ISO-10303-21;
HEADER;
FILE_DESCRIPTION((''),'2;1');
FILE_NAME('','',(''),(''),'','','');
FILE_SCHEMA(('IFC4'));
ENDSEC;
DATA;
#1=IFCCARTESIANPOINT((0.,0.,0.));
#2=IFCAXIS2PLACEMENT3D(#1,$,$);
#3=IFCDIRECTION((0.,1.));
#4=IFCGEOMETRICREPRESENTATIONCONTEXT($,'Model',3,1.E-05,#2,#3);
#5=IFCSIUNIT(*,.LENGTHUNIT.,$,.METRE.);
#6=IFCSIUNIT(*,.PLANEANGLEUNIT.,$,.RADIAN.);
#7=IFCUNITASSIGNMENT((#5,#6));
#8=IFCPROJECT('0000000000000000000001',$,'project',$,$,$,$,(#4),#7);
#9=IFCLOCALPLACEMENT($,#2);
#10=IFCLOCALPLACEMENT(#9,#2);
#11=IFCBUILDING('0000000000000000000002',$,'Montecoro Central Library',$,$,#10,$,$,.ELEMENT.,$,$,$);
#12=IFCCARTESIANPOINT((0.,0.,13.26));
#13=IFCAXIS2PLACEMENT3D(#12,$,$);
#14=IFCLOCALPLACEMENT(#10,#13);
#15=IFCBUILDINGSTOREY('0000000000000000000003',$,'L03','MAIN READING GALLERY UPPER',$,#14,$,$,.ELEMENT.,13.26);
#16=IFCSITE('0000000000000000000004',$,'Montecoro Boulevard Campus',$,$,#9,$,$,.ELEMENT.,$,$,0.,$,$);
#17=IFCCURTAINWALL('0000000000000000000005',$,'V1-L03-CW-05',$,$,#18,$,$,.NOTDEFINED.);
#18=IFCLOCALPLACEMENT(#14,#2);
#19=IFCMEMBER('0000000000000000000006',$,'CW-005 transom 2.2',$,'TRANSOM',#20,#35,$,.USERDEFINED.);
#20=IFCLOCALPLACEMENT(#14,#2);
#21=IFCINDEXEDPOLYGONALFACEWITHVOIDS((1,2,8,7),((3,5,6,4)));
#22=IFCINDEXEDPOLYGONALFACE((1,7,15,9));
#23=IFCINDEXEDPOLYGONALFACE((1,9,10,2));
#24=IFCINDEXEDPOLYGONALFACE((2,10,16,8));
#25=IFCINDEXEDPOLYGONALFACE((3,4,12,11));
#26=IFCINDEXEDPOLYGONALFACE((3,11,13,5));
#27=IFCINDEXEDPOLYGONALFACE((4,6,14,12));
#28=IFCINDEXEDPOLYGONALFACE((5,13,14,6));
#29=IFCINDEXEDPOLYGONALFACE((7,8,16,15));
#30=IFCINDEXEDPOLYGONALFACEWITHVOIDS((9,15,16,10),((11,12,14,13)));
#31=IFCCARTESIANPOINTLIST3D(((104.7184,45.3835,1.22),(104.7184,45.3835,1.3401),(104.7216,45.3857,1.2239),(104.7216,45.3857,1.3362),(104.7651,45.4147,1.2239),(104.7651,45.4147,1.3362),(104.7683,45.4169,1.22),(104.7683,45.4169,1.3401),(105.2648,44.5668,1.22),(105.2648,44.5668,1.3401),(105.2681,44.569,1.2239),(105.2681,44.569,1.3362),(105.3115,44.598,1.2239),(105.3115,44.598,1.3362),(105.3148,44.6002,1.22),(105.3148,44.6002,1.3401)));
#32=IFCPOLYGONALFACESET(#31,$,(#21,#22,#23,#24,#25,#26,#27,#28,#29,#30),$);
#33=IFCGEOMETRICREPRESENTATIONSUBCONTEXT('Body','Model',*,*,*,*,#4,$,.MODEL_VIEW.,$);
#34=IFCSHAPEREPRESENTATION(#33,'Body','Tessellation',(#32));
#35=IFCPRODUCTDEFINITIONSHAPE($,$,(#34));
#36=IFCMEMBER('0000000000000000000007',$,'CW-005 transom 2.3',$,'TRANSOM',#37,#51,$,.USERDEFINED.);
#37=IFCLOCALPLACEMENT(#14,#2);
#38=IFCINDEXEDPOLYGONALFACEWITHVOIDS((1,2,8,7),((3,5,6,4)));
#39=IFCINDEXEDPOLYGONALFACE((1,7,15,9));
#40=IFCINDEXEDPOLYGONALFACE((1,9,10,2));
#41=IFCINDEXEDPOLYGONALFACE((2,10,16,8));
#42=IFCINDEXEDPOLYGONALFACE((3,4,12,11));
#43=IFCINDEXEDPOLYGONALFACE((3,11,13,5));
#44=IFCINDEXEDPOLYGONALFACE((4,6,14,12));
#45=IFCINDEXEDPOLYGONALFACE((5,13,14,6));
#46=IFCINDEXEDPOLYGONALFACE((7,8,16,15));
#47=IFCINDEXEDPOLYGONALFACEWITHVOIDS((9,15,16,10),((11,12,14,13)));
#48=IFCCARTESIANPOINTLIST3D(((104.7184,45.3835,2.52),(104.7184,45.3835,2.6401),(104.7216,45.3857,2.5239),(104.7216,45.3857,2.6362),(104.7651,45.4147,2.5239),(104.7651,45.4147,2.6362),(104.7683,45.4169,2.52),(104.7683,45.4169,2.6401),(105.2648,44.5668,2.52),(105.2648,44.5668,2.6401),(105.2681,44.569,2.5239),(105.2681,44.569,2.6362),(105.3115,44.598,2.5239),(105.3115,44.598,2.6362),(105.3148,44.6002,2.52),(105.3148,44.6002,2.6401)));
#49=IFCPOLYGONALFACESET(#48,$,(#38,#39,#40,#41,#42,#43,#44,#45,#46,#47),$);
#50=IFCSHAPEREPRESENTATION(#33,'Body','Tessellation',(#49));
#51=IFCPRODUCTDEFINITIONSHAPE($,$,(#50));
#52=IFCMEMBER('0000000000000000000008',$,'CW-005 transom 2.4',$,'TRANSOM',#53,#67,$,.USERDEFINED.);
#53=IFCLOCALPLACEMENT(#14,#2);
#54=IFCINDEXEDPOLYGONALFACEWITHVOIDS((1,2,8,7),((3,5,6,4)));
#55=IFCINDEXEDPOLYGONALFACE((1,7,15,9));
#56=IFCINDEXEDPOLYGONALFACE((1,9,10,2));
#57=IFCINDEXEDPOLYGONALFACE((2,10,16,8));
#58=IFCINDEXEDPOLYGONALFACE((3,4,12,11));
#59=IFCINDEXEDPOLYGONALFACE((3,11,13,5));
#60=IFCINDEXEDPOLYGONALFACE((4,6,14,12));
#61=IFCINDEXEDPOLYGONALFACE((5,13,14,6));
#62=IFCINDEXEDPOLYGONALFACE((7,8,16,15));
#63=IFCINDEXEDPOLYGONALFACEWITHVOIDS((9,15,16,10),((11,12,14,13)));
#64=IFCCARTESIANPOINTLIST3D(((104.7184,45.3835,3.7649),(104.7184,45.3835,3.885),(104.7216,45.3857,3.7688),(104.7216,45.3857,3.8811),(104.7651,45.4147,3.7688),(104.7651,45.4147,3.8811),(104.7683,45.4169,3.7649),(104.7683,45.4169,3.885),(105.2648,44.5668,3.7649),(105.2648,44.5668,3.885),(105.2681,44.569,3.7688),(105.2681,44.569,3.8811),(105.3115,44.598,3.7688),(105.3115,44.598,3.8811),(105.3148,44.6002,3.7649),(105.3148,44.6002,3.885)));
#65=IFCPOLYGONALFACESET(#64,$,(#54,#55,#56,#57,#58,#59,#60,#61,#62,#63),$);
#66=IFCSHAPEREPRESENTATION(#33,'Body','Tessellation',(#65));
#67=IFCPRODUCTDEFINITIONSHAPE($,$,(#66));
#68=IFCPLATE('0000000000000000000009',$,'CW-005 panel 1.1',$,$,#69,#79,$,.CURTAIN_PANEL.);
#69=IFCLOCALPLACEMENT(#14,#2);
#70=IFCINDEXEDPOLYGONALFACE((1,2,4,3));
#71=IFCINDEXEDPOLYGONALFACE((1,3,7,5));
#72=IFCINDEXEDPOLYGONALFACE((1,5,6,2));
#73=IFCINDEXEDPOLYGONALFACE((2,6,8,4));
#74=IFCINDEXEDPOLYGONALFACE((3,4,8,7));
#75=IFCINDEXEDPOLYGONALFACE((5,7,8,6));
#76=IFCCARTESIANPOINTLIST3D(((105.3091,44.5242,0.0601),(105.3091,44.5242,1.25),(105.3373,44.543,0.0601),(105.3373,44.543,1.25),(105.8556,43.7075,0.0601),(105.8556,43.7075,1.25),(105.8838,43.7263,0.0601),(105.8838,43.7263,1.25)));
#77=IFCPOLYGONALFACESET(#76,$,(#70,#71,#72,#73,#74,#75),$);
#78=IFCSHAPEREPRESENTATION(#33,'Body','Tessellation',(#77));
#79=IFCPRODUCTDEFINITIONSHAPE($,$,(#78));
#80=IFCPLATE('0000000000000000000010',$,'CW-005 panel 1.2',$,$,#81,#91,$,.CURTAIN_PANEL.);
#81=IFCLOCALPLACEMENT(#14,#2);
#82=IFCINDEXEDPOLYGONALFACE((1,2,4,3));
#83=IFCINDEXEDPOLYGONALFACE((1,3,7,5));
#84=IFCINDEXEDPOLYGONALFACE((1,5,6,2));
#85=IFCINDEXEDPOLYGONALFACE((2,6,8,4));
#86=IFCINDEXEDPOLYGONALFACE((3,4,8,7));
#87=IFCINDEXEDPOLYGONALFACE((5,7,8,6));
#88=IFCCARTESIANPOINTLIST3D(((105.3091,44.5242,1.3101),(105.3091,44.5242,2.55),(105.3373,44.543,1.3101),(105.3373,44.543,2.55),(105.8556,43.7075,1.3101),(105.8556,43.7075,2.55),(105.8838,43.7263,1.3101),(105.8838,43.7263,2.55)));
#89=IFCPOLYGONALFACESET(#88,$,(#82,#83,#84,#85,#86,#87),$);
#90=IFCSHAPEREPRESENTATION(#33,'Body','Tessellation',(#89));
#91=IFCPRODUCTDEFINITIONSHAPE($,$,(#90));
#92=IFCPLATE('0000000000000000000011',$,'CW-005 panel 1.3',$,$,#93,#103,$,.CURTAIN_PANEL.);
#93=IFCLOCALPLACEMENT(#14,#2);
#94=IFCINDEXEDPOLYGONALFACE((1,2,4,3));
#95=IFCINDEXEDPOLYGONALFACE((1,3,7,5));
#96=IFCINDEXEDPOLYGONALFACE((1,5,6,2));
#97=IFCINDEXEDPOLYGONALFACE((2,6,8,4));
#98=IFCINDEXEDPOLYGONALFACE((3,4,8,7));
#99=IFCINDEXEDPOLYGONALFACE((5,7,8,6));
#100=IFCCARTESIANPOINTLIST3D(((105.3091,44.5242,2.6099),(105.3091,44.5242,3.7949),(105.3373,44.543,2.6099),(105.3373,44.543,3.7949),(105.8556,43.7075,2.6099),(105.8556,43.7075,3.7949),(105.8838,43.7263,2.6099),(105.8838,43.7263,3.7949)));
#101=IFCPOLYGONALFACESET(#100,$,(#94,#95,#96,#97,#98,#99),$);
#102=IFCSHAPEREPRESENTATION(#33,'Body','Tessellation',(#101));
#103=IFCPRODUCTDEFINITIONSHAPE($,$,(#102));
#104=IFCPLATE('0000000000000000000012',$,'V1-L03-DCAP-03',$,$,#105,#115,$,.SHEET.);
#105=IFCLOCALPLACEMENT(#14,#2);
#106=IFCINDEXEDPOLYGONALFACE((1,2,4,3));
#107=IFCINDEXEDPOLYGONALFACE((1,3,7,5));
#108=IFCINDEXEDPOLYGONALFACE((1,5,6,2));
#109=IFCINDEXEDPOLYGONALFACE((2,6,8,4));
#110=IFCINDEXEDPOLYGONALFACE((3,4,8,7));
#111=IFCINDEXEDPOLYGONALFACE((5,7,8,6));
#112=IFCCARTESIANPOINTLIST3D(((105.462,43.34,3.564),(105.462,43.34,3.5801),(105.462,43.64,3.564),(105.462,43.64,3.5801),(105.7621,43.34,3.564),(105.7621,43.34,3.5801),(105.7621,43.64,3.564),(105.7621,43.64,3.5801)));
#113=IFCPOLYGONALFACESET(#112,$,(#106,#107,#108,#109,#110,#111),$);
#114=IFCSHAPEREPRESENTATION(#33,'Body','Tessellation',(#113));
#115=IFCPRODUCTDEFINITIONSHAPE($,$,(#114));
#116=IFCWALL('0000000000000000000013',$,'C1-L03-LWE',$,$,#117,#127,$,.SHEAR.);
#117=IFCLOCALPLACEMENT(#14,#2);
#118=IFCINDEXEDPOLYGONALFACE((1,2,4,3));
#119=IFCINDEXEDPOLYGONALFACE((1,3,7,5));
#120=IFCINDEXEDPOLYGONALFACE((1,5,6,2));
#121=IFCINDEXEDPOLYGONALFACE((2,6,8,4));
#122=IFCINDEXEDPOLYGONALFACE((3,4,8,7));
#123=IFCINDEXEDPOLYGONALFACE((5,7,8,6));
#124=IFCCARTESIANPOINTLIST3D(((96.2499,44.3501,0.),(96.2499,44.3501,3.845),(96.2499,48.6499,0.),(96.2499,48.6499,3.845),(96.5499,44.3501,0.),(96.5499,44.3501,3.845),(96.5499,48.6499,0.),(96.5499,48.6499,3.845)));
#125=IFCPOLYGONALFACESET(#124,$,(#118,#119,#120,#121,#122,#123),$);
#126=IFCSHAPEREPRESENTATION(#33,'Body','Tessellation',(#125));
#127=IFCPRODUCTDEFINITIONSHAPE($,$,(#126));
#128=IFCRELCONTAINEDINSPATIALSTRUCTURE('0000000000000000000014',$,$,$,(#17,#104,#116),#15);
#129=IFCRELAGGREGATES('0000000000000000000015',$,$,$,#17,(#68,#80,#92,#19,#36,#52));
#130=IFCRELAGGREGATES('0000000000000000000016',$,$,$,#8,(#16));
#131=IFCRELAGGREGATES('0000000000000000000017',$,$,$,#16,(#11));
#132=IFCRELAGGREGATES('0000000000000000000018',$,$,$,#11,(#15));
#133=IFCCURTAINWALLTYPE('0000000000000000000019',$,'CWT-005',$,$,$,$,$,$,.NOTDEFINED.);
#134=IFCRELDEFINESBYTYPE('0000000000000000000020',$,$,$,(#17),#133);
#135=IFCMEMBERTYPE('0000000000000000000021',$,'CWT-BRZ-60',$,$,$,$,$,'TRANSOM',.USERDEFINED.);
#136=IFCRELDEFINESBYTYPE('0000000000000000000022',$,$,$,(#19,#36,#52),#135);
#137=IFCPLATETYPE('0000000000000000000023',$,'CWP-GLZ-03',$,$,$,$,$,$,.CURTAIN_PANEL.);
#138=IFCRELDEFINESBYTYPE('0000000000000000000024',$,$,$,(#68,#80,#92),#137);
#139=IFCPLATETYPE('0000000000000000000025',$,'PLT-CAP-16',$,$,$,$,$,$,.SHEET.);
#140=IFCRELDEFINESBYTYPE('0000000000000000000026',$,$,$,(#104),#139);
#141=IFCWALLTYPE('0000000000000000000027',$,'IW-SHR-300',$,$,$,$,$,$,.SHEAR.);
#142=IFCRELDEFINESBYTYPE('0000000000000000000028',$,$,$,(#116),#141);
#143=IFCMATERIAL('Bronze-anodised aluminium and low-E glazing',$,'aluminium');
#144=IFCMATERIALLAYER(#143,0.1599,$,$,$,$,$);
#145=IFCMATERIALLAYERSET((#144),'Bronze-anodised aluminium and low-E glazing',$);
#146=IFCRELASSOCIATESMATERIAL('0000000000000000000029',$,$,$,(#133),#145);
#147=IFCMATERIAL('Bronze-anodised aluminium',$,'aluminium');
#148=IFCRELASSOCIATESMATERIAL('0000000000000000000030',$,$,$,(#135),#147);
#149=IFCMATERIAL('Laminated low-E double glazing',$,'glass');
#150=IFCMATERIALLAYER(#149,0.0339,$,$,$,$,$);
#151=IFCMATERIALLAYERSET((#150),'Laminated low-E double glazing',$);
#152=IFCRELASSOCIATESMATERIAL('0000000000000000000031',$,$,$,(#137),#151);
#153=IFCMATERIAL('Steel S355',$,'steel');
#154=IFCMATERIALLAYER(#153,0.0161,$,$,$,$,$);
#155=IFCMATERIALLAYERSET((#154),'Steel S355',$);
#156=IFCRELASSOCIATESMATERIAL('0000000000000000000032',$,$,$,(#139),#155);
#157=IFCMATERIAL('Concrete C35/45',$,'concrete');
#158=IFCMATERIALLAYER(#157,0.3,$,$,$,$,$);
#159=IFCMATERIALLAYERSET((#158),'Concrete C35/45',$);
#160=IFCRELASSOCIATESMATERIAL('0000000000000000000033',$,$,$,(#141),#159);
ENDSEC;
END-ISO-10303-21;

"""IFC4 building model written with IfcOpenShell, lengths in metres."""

from ifc_helpers import new_model, si_unit, direction, frame, frame_2d, origin, origin_2d, place, context, subcontext, project, spatial, rectangle, hollow_rectangle, extrude, material, layer, layer_set, material_profile, profile_set, type_object, element, aggregate, save


model = new_model("IFC4")

# Units and contexts
model_context = context("Model", 3, precision=1e-05, world=origin(), true_north=direction((0.0, 1.0)))
body_context = subcontext(model_context, "Body", "Model", "MODEL_VIEW")
ifc_project = project(units=[si_unit("LENGTHUNIT", "METRE"), si_unit("PLANEANGLEUNIT", "RADIAN")], contexts=[model_context])

# Site, building, storey
site_placement = place(None, origin())
site = spatial("IfcSite", under=ifc_project, at=site_placement, Name="Montecoro Boulevard Campus", CompositionType="ELEMENT", RefElevation=0.0)
building_placement = place(site_placement, origin())
building = spatial("IfcBuilding", under=site, at=building_placement, Name="Montecoro Central Library", CompositionType="ELEMENT")
storey_placement = place(building_placement, frame((0.0, 0.0, 13.26)))
storey = spatial("IfcBuildingStorey", under=building, at=storey_placement, Name="L03", Description="MAIN READING GALLERY UPPER", CompositionType="ELEMENT", Elevation=13.26)

# Shared definitions
ifc_material_1 = material(Name="Steel S355", Category="steel")

# Curtain wall, members, plates
ifc_material_2 = material(Name="Bronze-anodised aluminium and low-E glazing", Category="aluminium")
ifc_layer_1 = layer(ifc_material_2, 0.1599)
ifc_layer_set_1 = layer_set([ifc_layer_1], Name="Bronze-anodised aluminium and low-E glazing")
curtain_wall_type = type_object("IfcCurtainWallType", Name="CWT-005", PredefinedType="NOTDEFINED", material=ifc_layer_set_1)
curtain_wall_placement = place(storey_placement, origin())
curtain_wall = element("IfcCurtainWall", 1, at=curtain_wall_placement, inside=storey, type_object=curtain_wall_type, Name="V1-L03-CW-05", PredefinedType="NOTDEFINED")
ifc_material_3 = material(Name="Bronze-anodised aluminium", Category="aluminium")
ifc_material_profile_1 = material_profile(ifc_material_3, hollow_rectangle(XDim=0.0601, YDim=0.1201, WallThickness=0.0039, at=origin_2d()), Name="CWT 120x60x4.0")
ifc_profile_set_1 = profile_set([ifc_material_profile_1], Name="Bronze-anodised aluminium")
member_type_1 = type_object("IfcMemberType", Name="CWT-BRZ-60", ElementType="TRANSOM", PredefinedType="USERDEFINED", material=ifc_profile_set_1)
member_1_placement = place(storey_placement, frame((105.2898, 44.5835, 1.28), z_axis=(-0.556076, 0.831132, 0.0), x_axis=(-0.831132, -0.556076, 0.0)))
member_1 = element("IfcMember", 2, at=member_1_placement, type_object=member_type_1, Name="CW-005 transom 2.2", ObjectType="TRANSOM", PredefinedType="USERDEFINED", context=body_context, shape_type="SweptSolid", body=[
    extrude(hollow_rectangle(XDim=0.0601, YDim=0.1201, WallThickness=0.0039, at=origin_2d()), origin(), (0.0, 0.0, 1.0), 0.9827),
])
member_2_placement = place(storey_placement, frame((105.2898, 44.5835, 2.5801), z_axis=(-0.556076, 0.831132, 0.0), x_axis=(-0.831132, -0.556076, 0.0)))
member_2 = element("IfcMember", 3, at=member_2_placement, type_object=member_type_1, Name="CW-005 transom 2.3", ObjectType="TRANSOM", PredefinedType="USERDEFINED", context=body_context, shape_type="SweptSolid", body=[
    extrude(hollow_rectangle(XDim=0.0601, YDim=0.1201, WallThickness=0.0039, at=origin_2d()), origin(), (0.0, 0.0, 1.0), 0.9827),
])
member_3_placement = place(storey_placement, frame((105.2898, 44.5835, 3.825), z_axis=(-0.556076, 0.831132, 0.0), x_axis=(-0.831132, -0.556076, 0.0)))
member_3 = element("IfcMember", 4, at=member_3_placement, type_object=member_type_1, Name="CW-005 transom 2.4", ObjectType="TRANSOM", PredefinedType="USERDEFINED", context=body_context, shape_type="SweptSolid", body=[
    extrude(hollow_rectangle(XDim=0.0601, YDim=0.1201, WallThickness=0.0039, at=origin_2d()), origin(), (0.0, 0.0, 1.0), 0.9827),
])
ifc_material_4 = material(Name="Laminated low-E double glazing", Category="glass")
ifc_layer_2 = layer(ifc_material_4, 0.0339)
ifc_layer_set_2 = layer_set([ifc_layer_2], Name="Laminated low-E double glazing")
plate_type_1 = type_object("IfcPlateType", Name="CWP-GLZ-03", PredefinedType="CURTAIN_PANEL", material=ifc_layer_set_2)
plate_1_placement = place(storey_placement, frame((105.5964, 44.1252, 0.0601), z_axis=(0.0, 0.0, 1.0), x_axis=(-0.556098, 0.831117, 0.0)))
plate_1 = element("IfcPlate", 5, at=plate_1_placement, type_object=plate_type_1, Name="CW-005 panel 1.1", PredefinedType="CURTAIN_PANEL", context=body_context, shape_type="SweptSolid", body=[
    extrude(rectangle(XDim=0.9827, YDim=0.0339, at=origin_2d()), origin(), (0.0, 0.0, 1.0), 1.1899),
])
plate_2_placement = place(storey_placement, frame((105.5964, 44.1252, 1.3101), z_axis=(0.0, 0.0, 1.0), x_axis=(-0.556098, 0.831117, 0.0)))
plate_2 = element("IfcPlate", 6, at=plate_2_placement, type_object=plate_type_1, Name="CW-005 panel 1.2", PredefinedType="CURTAIN_PANEL", context=body_context, shape_type="SweptSolid", body=[
    extrude(rectangle(XDim=0.9827, YDim=0.0339, at=origin_2d()), origin(), (0.0, 0.0, 1.0), 1.24),
])
plate_3_placement = place(storey_placement, frame((105.5964, 44.1252, 2.6099), z_axis=(0.0, 0.0, 1.0), x_axis=(-0.556098, 0.831117, 0.0)))
plate_3 = element("IfcPlate", 7, at=plate_3_placement, type_object=plate_type_1, Name="CW-005 panel 1.3", PredefinedType="CURTAIN_PANEL", context=body_context, shape_type="SweptSolid", body=[
    extrude(rectangle(XDim=0.9827, YDim=0.0339, at=origin_2d()), origin(), (0.0, 0.0, 1.0), 1.1851),
])
aggregate(curtain_wall, [plate_1, plate_2, plate_3, member_1, member_2, member_3])

# Plate
ifc_layer_3 = layer(ifc_material_1, 0.0161)
ifc_layer_set_3 = layer_set([ifc_layer_3], Name="Steel S355")
plate_type_2 = type_object("IfcPlateType", Name="PLT-CAP-16", PredefinedType="SHEET", material=ifc_layer_set_3)
plate_4_placement = place(storey_placement, frame((105.6121, 43.49, 3.564), z_axis=(0.0, 0.0, 1.0), x_axis=(1.0, 0.0, 0.0)))
element("IfcPlate", 8, at=plate_4_placement, inside=storey, type_object=plate_type_2, Name="V1-L03-DCAP-03", PredefinedType="SHEET", context=body_context, shape_type="SweptSolid", body=[
    extrude(rectangle(XDim=0.3, YDim=0.3, at=origin_2d()), origin(), (0.0, 0.0, 1.0), 0.0161),
])

# Wall
ifc_material_5 = material(Name="Concrete C35/45", Category="concrete")
ifc_layer_4 = layer(ifc_material_5, 0.3)
ifc_layer_set_4 = layer_set([ifc_layer_4], Name="Concrete C35/45")
wall_type = type_object("IfcWallType", Name="IW-SHR-300", PredefinedType="SHEAR", material=ifc_layer_set_4)
wall_placement = place(storey_placement, frame((96.3999, 44.3501, 0.0), z_axis=(0.0, 0.0, 1.0), x_axis=(0.0, 1.0, 0.0)))
element("IfcWall", 9, at=wall_placement, inside=storey, type_object=wall_type, Name="C1-L03-LWE", PredefinedType="SHEAR", context=body_context, shape_type="SweptSolid", body=[
    extrude(rectangle(XDim=4.2998, YDim=0.3, at=frame_2d((2.1499, 0.0))), origin(), (0.0, 0.0, 1.0), 3.845),
])

save(model, "model.ifc")
